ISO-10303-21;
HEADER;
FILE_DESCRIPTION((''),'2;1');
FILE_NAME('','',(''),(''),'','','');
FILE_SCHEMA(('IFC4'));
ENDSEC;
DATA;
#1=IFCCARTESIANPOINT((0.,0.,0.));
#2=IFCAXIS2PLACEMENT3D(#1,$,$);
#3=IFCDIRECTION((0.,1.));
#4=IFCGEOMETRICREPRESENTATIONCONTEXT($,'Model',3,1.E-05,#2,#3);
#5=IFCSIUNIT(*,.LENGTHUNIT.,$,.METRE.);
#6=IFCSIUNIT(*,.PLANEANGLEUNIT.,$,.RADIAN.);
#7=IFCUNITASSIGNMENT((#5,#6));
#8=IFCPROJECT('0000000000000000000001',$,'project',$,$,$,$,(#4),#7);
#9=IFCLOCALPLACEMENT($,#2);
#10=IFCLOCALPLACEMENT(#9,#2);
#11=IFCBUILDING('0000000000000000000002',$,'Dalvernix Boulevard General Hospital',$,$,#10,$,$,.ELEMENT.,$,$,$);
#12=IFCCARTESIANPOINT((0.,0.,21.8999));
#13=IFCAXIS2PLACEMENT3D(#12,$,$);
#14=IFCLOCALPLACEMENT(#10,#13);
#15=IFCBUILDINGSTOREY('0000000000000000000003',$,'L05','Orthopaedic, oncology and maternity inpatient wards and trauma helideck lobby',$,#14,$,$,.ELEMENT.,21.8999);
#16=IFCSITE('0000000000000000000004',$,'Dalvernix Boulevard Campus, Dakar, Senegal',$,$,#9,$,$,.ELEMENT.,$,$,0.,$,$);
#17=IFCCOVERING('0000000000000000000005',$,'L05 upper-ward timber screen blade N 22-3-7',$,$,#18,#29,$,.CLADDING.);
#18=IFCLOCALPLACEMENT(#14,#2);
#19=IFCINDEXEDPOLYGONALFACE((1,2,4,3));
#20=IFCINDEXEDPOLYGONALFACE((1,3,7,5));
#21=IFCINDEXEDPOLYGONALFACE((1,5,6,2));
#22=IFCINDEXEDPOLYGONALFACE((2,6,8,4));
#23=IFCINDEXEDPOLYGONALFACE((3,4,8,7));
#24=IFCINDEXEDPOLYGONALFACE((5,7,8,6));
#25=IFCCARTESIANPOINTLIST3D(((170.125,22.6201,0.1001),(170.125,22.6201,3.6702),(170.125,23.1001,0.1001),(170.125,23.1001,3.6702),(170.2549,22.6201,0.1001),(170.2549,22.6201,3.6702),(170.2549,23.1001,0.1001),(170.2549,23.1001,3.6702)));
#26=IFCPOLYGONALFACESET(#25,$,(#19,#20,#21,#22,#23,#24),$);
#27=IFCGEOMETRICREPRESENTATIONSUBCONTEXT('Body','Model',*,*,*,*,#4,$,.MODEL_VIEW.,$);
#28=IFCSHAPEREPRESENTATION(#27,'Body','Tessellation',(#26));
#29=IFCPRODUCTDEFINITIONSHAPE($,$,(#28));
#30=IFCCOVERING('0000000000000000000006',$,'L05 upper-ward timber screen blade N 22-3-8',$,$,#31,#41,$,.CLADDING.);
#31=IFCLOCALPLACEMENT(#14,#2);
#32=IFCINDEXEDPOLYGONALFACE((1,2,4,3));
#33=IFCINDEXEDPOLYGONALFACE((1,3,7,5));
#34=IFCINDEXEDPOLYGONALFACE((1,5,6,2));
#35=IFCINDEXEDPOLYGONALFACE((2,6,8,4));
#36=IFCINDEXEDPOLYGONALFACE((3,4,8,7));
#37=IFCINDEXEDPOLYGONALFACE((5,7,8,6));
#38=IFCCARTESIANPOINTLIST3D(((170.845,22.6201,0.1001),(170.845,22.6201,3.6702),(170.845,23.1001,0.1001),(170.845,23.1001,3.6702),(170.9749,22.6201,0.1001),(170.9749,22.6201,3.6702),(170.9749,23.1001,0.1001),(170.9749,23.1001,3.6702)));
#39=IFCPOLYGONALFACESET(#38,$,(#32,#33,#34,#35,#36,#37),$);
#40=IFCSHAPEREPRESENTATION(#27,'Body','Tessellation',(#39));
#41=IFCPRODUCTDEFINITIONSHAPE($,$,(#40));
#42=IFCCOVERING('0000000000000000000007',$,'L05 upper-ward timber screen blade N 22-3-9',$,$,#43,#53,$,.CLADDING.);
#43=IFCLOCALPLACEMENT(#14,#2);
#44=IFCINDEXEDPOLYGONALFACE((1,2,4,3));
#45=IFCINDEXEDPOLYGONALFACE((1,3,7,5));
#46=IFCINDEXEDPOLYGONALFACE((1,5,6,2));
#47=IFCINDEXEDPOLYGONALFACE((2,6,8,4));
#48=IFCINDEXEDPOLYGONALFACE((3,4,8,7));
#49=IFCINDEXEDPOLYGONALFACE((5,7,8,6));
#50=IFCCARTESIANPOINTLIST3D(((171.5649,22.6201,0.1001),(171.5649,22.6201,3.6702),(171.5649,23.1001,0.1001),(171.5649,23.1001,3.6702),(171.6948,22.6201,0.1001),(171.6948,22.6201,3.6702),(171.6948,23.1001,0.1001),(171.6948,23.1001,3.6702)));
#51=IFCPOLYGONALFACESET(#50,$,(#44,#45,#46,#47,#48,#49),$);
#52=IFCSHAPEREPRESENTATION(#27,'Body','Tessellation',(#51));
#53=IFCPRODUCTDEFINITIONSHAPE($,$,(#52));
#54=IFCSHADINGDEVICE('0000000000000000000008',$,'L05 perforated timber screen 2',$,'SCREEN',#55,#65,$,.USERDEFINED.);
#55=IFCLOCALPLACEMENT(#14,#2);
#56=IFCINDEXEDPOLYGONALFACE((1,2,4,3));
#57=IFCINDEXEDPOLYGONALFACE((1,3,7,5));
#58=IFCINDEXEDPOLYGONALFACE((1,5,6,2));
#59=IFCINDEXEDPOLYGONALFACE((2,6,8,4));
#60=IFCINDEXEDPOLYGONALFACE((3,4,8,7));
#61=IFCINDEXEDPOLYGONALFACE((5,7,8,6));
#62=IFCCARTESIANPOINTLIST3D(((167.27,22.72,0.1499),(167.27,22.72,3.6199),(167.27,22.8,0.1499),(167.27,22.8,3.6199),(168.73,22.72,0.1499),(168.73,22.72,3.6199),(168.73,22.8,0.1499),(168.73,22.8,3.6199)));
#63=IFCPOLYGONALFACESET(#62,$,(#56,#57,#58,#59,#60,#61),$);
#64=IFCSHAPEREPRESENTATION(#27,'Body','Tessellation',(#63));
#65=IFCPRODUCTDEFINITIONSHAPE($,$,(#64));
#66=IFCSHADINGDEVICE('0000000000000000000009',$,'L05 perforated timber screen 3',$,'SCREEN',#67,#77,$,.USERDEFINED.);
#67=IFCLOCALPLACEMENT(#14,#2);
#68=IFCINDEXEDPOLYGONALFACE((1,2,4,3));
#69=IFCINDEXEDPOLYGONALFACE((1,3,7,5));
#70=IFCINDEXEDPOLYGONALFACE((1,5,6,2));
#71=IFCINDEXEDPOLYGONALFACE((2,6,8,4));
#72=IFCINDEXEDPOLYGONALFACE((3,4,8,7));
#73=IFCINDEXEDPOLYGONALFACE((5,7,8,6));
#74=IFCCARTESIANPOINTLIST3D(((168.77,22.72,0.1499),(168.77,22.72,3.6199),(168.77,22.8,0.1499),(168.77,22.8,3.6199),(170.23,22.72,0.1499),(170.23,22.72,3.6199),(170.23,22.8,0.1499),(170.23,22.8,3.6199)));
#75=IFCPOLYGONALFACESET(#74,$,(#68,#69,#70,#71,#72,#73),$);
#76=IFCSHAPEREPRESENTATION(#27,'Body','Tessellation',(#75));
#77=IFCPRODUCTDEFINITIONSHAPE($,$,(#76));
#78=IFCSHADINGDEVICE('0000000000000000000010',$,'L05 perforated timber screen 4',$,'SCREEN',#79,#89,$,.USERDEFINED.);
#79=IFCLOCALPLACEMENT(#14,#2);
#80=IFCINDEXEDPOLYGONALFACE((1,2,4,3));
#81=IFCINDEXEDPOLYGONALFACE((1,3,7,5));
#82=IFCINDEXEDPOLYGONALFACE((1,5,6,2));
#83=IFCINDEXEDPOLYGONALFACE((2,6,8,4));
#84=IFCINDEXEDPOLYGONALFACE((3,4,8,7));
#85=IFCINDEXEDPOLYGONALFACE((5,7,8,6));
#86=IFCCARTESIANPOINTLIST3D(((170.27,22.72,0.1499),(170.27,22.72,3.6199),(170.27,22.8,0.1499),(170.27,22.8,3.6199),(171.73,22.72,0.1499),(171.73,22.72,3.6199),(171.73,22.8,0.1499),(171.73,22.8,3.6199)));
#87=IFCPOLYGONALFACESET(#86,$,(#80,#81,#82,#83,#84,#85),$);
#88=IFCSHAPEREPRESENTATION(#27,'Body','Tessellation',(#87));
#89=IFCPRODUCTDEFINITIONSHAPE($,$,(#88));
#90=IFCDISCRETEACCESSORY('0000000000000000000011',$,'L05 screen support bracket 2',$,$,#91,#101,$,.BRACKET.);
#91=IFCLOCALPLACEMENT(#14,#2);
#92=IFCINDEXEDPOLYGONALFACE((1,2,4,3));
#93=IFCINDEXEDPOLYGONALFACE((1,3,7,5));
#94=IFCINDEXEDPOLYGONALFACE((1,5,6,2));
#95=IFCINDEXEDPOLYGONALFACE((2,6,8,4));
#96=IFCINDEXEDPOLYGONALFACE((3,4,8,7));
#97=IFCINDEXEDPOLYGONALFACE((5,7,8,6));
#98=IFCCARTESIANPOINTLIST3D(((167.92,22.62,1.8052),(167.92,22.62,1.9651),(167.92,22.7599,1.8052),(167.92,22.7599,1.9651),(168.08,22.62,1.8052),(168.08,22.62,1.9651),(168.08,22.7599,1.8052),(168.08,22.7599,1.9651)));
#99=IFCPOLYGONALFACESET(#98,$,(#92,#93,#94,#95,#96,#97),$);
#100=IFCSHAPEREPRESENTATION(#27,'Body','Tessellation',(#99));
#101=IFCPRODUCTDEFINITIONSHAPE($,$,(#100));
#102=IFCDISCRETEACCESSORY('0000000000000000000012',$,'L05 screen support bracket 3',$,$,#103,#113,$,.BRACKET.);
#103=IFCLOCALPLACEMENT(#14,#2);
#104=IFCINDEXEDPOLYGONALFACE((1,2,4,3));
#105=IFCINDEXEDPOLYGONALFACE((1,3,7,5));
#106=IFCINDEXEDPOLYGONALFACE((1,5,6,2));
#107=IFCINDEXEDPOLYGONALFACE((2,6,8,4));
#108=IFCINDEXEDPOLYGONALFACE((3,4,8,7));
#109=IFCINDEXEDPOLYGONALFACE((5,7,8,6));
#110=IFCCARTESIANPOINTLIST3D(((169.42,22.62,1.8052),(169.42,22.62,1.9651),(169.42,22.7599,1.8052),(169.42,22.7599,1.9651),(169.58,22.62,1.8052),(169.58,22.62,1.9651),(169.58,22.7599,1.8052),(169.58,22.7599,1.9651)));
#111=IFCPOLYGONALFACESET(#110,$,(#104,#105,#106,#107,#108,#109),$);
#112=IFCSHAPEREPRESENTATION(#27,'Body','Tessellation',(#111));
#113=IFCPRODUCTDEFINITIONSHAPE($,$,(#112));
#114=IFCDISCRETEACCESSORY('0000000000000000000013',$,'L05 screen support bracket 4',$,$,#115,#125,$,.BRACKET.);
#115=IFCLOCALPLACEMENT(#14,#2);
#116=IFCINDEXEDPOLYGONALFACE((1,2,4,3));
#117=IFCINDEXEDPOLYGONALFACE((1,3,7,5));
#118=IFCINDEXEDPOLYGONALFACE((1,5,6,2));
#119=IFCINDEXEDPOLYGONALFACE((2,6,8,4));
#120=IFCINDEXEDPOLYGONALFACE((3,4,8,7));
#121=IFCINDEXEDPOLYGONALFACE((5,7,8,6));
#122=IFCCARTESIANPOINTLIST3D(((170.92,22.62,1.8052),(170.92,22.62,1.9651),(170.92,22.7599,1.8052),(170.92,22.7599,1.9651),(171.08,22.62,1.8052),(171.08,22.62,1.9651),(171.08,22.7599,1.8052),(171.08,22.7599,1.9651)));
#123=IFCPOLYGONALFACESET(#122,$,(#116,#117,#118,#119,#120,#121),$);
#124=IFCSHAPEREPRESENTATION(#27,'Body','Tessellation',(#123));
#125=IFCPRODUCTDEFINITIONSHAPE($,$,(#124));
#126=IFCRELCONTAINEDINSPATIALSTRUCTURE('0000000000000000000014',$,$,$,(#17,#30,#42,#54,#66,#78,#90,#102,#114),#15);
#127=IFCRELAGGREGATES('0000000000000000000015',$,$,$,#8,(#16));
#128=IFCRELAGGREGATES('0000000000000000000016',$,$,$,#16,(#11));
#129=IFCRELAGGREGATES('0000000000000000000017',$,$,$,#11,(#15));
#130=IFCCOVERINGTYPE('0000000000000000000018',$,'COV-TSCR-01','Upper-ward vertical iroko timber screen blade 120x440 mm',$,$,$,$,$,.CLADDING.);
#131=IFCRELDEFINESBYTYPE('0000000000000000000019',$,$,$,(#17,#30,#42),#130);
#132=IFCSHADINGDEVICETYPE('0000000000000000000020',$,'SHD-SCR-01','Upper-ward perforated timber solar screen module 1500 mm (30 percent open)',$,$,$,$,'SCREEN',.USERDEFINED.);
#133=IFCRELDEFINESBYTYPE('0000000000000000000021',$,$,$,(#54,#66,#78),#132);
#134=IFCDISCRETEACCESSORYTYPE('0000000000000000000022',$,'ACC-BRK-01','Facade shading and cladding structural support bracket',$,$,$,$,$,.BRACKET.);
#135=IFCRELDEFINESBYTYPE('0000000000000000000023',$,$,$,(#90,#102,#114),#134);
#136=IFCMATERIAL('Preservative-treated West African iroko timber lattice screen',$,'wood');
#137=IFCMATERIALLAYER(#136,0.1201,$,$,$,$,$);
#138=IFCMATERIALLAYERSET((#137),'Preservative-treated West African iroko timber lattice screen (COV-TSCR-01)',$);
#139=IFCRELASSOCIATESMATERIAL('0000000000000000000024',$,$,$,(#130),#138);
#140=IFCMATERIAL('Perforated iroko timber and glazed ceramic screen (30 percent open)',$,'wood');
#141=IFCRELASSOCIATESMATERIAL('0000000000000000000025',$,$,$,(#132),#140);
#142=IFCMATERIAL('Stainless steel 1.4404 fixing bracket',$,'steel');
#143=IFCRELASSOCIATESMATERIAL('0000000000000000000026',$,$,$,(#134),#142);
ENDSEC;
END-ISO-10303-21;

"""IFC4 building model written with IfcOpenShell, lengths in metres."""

from ifc_helpers import new_model, si_unit, direction, frame, origin, origin_2d, place, context, subcontext, project, spatial, rectangle, extrude, material, layer, layer_set, type_object, element, save


model = new_model("IFC4")

# Units and contexts
model_context = context("Model", 3, precision=1e-05, world=origin(), true_north=direction((0.0, 1.0)))
body_context = subcontext(model_context, "Body", "Model", "MODEL_VIEW")
ifc_project = project(units=[si_unit("LENGTHUNIT", "METRE"), si_unit("PLANEANGLEUNIT", "RADIAN")], contexts=[model_context])

# Site, building, storey
site_placement = place(None, origin())
site = spatial("IfcSite", under=ifc_project, at=site_placement, Name="Dalvernix Boulevard Campus, Dakar, Senegal", CompositionType="ELEMENT", RefElevation=0.0)
building_placement = place(site_placement, origin())
building = spatial("IfcBuilding", under=site, at=building_placement, Name="Dalvernix Boulevard General Hospital", CompositionType="ELEMENT")
storey_placement = place(building_placement, frame((0.0, 0.0, 21.8999)))
storey = spatial("IfcBuildingStorey", under=building, at=storey_placement, Name="L05", Description="Orthopaedic, oncology and maternity inpatient wards and trauma helideck lobby", CompositionType="ELEMENT", Elevation=21.8999)

# Coverings
ifc_material_1 = material(Name="Preservative-treated West African iroko timber lattice screen", Category="wood")
ifc_layer_1 = layer(ifc_material_1, 0.1201)
ifc_layer_set_1 = layer_set([ifc_layer_1], Name="Preservative-treated West African iroko timber lattice screen (COV-TSCR-01)")
covering_type_1 = type_object("IfcCoveringType", Name="COV-TSCR-01", Description="Upper-ward vertical iroko timber screen blade 120x440 mm", PredefinedType="CLADDING", material=ifc_layer_set_1)
for number, where, z_axis, x_axis, name in (
    (1, (170.1899, 22.8601, 0.1001), (0.0, 0.0, 1.0), (1.0, 0.0, 0.0), "L05 upper-ward timber screen blade N 22-3-7"),
    (2, (170.9099, 22.8601, 0.1001), (0.0, 0.0, 1.0), (1.0, 0.0, 0.0), "L05 upper-ward timber screen blade N 22-3-8"),
    (3, (171.6299, 22.8601, 0.1001), (0.0, 0.0, 1.0), (1.0, 0.0, 0.0), "L05 upper-ward timber screen blade N 22-3-9"),
):
    element("IfcCovering", number, at=place(storey_placement, frame(where, z_axis=z_axis, x_axis=x_axis)), inside=storey, type_object=covering_type_1, Name=name, PredefinedType="CLADDING", context=body_context, shape_type="SweptSolid", body=[
        extrude(rectangle(XDim=0.1299, YDim=0.48, at=origin_2d()), origin(), (0.0, 0.0, 1.0), 3.5701),
    ])

# Shading devices
ifc_material_2 = material(Name="Perforated iroko timber and glazed ceramic screen (30 percent open)", Category="wood")
shading_device_type = type_object("IfcShadingDeviceType", Name="SHD-SCR-01", Description="Upper-ward perforated timber solar screen module 1500 mm (30 percent open)", ElementType="SCREEN", PredefinedType="USERDEFINED", material=ifc_material_2)
for number, where, z_axis, x_axis, name in (
    (4, (168.0, 22.76, 0.1499), (0.0, 0.0, 1.0), (1.0, 0.0, 0.0), "L05 perforated timber screen 2"),
    (5, (169.5, 22.76, 0.1499), (0.0, 0.0, 1.0), (1.0, 0.0, 0.0), "L05 perforated timber screen 3"),
    (6, (171.0, 22.76, 0.1499), (0.0, 0.0, 1.0), (1.0, 0.0, 0.0), "L05 perforated timber screen 4"),
):
    element("IfcShadingDevice", number, at=place(storey_placement, frame(where, z_axis=z_axis, x_axis=x_axis)), inside=storey, type_object=shading_device_type, Name=name, ObjectType="SCREEN", PredefinedType="USERDEFINED", context=body_context, shape_type="SweptSolid", body=[
        extrude(rectangle(XDim=1.46, YDim=0.0801, at=origin_2d()), origin(), (0.0, 0.0, 1.0), 3.47),
    ])

# Discrete accessories
ifc_material_3 = material(Name="Stainless steel 1.4404 fixing bracket", Category="steel")
discrete_accessory_type = type_object("IfcDiscreteAccessoryType", Name="ACC-BRK-01", Description="Facade shading and cladding structural support bracket", PredefinedType="BRACKET", material=ifc_material_3)
for number, where, z_axis, x_axis, name in (
    (7, (168.0, 22.6899, 1.8052), (0.0, 0.0, 1.0), (1.0, 0.0, 0.0), "L05 screen support bracket 2"),
    (8, (169.5, 22.6899, 1.8052), (0.0, 0.0, 1.0), (1.0, 0.0, 0.0), "L05 screen support bracket 3"),
    (9, (171.0, 22.6899, 1.8052), (0.0, 0.0, 1.0), (1.0, 0.0, 0.0), "L05 screen support bracket 4"),
):
    element("IfcDiscreteAccessory", number, at=place(storey_placement, frame(where, z_axis=z_axis, x_axis=x_axis)), inside=storey, type_object=discrete_accessory_type, Name=name, PredefinedType="BRACKET", context=body_context, shape_type="SweptSolid", body=[
        extrude(rectangle(XDim=0.1599, YDim=0.1399, at=origin_2d()), origin(), (0.0, 0.0, 1.0), 0.1599),
    ])

save(model, "model.ifc")
